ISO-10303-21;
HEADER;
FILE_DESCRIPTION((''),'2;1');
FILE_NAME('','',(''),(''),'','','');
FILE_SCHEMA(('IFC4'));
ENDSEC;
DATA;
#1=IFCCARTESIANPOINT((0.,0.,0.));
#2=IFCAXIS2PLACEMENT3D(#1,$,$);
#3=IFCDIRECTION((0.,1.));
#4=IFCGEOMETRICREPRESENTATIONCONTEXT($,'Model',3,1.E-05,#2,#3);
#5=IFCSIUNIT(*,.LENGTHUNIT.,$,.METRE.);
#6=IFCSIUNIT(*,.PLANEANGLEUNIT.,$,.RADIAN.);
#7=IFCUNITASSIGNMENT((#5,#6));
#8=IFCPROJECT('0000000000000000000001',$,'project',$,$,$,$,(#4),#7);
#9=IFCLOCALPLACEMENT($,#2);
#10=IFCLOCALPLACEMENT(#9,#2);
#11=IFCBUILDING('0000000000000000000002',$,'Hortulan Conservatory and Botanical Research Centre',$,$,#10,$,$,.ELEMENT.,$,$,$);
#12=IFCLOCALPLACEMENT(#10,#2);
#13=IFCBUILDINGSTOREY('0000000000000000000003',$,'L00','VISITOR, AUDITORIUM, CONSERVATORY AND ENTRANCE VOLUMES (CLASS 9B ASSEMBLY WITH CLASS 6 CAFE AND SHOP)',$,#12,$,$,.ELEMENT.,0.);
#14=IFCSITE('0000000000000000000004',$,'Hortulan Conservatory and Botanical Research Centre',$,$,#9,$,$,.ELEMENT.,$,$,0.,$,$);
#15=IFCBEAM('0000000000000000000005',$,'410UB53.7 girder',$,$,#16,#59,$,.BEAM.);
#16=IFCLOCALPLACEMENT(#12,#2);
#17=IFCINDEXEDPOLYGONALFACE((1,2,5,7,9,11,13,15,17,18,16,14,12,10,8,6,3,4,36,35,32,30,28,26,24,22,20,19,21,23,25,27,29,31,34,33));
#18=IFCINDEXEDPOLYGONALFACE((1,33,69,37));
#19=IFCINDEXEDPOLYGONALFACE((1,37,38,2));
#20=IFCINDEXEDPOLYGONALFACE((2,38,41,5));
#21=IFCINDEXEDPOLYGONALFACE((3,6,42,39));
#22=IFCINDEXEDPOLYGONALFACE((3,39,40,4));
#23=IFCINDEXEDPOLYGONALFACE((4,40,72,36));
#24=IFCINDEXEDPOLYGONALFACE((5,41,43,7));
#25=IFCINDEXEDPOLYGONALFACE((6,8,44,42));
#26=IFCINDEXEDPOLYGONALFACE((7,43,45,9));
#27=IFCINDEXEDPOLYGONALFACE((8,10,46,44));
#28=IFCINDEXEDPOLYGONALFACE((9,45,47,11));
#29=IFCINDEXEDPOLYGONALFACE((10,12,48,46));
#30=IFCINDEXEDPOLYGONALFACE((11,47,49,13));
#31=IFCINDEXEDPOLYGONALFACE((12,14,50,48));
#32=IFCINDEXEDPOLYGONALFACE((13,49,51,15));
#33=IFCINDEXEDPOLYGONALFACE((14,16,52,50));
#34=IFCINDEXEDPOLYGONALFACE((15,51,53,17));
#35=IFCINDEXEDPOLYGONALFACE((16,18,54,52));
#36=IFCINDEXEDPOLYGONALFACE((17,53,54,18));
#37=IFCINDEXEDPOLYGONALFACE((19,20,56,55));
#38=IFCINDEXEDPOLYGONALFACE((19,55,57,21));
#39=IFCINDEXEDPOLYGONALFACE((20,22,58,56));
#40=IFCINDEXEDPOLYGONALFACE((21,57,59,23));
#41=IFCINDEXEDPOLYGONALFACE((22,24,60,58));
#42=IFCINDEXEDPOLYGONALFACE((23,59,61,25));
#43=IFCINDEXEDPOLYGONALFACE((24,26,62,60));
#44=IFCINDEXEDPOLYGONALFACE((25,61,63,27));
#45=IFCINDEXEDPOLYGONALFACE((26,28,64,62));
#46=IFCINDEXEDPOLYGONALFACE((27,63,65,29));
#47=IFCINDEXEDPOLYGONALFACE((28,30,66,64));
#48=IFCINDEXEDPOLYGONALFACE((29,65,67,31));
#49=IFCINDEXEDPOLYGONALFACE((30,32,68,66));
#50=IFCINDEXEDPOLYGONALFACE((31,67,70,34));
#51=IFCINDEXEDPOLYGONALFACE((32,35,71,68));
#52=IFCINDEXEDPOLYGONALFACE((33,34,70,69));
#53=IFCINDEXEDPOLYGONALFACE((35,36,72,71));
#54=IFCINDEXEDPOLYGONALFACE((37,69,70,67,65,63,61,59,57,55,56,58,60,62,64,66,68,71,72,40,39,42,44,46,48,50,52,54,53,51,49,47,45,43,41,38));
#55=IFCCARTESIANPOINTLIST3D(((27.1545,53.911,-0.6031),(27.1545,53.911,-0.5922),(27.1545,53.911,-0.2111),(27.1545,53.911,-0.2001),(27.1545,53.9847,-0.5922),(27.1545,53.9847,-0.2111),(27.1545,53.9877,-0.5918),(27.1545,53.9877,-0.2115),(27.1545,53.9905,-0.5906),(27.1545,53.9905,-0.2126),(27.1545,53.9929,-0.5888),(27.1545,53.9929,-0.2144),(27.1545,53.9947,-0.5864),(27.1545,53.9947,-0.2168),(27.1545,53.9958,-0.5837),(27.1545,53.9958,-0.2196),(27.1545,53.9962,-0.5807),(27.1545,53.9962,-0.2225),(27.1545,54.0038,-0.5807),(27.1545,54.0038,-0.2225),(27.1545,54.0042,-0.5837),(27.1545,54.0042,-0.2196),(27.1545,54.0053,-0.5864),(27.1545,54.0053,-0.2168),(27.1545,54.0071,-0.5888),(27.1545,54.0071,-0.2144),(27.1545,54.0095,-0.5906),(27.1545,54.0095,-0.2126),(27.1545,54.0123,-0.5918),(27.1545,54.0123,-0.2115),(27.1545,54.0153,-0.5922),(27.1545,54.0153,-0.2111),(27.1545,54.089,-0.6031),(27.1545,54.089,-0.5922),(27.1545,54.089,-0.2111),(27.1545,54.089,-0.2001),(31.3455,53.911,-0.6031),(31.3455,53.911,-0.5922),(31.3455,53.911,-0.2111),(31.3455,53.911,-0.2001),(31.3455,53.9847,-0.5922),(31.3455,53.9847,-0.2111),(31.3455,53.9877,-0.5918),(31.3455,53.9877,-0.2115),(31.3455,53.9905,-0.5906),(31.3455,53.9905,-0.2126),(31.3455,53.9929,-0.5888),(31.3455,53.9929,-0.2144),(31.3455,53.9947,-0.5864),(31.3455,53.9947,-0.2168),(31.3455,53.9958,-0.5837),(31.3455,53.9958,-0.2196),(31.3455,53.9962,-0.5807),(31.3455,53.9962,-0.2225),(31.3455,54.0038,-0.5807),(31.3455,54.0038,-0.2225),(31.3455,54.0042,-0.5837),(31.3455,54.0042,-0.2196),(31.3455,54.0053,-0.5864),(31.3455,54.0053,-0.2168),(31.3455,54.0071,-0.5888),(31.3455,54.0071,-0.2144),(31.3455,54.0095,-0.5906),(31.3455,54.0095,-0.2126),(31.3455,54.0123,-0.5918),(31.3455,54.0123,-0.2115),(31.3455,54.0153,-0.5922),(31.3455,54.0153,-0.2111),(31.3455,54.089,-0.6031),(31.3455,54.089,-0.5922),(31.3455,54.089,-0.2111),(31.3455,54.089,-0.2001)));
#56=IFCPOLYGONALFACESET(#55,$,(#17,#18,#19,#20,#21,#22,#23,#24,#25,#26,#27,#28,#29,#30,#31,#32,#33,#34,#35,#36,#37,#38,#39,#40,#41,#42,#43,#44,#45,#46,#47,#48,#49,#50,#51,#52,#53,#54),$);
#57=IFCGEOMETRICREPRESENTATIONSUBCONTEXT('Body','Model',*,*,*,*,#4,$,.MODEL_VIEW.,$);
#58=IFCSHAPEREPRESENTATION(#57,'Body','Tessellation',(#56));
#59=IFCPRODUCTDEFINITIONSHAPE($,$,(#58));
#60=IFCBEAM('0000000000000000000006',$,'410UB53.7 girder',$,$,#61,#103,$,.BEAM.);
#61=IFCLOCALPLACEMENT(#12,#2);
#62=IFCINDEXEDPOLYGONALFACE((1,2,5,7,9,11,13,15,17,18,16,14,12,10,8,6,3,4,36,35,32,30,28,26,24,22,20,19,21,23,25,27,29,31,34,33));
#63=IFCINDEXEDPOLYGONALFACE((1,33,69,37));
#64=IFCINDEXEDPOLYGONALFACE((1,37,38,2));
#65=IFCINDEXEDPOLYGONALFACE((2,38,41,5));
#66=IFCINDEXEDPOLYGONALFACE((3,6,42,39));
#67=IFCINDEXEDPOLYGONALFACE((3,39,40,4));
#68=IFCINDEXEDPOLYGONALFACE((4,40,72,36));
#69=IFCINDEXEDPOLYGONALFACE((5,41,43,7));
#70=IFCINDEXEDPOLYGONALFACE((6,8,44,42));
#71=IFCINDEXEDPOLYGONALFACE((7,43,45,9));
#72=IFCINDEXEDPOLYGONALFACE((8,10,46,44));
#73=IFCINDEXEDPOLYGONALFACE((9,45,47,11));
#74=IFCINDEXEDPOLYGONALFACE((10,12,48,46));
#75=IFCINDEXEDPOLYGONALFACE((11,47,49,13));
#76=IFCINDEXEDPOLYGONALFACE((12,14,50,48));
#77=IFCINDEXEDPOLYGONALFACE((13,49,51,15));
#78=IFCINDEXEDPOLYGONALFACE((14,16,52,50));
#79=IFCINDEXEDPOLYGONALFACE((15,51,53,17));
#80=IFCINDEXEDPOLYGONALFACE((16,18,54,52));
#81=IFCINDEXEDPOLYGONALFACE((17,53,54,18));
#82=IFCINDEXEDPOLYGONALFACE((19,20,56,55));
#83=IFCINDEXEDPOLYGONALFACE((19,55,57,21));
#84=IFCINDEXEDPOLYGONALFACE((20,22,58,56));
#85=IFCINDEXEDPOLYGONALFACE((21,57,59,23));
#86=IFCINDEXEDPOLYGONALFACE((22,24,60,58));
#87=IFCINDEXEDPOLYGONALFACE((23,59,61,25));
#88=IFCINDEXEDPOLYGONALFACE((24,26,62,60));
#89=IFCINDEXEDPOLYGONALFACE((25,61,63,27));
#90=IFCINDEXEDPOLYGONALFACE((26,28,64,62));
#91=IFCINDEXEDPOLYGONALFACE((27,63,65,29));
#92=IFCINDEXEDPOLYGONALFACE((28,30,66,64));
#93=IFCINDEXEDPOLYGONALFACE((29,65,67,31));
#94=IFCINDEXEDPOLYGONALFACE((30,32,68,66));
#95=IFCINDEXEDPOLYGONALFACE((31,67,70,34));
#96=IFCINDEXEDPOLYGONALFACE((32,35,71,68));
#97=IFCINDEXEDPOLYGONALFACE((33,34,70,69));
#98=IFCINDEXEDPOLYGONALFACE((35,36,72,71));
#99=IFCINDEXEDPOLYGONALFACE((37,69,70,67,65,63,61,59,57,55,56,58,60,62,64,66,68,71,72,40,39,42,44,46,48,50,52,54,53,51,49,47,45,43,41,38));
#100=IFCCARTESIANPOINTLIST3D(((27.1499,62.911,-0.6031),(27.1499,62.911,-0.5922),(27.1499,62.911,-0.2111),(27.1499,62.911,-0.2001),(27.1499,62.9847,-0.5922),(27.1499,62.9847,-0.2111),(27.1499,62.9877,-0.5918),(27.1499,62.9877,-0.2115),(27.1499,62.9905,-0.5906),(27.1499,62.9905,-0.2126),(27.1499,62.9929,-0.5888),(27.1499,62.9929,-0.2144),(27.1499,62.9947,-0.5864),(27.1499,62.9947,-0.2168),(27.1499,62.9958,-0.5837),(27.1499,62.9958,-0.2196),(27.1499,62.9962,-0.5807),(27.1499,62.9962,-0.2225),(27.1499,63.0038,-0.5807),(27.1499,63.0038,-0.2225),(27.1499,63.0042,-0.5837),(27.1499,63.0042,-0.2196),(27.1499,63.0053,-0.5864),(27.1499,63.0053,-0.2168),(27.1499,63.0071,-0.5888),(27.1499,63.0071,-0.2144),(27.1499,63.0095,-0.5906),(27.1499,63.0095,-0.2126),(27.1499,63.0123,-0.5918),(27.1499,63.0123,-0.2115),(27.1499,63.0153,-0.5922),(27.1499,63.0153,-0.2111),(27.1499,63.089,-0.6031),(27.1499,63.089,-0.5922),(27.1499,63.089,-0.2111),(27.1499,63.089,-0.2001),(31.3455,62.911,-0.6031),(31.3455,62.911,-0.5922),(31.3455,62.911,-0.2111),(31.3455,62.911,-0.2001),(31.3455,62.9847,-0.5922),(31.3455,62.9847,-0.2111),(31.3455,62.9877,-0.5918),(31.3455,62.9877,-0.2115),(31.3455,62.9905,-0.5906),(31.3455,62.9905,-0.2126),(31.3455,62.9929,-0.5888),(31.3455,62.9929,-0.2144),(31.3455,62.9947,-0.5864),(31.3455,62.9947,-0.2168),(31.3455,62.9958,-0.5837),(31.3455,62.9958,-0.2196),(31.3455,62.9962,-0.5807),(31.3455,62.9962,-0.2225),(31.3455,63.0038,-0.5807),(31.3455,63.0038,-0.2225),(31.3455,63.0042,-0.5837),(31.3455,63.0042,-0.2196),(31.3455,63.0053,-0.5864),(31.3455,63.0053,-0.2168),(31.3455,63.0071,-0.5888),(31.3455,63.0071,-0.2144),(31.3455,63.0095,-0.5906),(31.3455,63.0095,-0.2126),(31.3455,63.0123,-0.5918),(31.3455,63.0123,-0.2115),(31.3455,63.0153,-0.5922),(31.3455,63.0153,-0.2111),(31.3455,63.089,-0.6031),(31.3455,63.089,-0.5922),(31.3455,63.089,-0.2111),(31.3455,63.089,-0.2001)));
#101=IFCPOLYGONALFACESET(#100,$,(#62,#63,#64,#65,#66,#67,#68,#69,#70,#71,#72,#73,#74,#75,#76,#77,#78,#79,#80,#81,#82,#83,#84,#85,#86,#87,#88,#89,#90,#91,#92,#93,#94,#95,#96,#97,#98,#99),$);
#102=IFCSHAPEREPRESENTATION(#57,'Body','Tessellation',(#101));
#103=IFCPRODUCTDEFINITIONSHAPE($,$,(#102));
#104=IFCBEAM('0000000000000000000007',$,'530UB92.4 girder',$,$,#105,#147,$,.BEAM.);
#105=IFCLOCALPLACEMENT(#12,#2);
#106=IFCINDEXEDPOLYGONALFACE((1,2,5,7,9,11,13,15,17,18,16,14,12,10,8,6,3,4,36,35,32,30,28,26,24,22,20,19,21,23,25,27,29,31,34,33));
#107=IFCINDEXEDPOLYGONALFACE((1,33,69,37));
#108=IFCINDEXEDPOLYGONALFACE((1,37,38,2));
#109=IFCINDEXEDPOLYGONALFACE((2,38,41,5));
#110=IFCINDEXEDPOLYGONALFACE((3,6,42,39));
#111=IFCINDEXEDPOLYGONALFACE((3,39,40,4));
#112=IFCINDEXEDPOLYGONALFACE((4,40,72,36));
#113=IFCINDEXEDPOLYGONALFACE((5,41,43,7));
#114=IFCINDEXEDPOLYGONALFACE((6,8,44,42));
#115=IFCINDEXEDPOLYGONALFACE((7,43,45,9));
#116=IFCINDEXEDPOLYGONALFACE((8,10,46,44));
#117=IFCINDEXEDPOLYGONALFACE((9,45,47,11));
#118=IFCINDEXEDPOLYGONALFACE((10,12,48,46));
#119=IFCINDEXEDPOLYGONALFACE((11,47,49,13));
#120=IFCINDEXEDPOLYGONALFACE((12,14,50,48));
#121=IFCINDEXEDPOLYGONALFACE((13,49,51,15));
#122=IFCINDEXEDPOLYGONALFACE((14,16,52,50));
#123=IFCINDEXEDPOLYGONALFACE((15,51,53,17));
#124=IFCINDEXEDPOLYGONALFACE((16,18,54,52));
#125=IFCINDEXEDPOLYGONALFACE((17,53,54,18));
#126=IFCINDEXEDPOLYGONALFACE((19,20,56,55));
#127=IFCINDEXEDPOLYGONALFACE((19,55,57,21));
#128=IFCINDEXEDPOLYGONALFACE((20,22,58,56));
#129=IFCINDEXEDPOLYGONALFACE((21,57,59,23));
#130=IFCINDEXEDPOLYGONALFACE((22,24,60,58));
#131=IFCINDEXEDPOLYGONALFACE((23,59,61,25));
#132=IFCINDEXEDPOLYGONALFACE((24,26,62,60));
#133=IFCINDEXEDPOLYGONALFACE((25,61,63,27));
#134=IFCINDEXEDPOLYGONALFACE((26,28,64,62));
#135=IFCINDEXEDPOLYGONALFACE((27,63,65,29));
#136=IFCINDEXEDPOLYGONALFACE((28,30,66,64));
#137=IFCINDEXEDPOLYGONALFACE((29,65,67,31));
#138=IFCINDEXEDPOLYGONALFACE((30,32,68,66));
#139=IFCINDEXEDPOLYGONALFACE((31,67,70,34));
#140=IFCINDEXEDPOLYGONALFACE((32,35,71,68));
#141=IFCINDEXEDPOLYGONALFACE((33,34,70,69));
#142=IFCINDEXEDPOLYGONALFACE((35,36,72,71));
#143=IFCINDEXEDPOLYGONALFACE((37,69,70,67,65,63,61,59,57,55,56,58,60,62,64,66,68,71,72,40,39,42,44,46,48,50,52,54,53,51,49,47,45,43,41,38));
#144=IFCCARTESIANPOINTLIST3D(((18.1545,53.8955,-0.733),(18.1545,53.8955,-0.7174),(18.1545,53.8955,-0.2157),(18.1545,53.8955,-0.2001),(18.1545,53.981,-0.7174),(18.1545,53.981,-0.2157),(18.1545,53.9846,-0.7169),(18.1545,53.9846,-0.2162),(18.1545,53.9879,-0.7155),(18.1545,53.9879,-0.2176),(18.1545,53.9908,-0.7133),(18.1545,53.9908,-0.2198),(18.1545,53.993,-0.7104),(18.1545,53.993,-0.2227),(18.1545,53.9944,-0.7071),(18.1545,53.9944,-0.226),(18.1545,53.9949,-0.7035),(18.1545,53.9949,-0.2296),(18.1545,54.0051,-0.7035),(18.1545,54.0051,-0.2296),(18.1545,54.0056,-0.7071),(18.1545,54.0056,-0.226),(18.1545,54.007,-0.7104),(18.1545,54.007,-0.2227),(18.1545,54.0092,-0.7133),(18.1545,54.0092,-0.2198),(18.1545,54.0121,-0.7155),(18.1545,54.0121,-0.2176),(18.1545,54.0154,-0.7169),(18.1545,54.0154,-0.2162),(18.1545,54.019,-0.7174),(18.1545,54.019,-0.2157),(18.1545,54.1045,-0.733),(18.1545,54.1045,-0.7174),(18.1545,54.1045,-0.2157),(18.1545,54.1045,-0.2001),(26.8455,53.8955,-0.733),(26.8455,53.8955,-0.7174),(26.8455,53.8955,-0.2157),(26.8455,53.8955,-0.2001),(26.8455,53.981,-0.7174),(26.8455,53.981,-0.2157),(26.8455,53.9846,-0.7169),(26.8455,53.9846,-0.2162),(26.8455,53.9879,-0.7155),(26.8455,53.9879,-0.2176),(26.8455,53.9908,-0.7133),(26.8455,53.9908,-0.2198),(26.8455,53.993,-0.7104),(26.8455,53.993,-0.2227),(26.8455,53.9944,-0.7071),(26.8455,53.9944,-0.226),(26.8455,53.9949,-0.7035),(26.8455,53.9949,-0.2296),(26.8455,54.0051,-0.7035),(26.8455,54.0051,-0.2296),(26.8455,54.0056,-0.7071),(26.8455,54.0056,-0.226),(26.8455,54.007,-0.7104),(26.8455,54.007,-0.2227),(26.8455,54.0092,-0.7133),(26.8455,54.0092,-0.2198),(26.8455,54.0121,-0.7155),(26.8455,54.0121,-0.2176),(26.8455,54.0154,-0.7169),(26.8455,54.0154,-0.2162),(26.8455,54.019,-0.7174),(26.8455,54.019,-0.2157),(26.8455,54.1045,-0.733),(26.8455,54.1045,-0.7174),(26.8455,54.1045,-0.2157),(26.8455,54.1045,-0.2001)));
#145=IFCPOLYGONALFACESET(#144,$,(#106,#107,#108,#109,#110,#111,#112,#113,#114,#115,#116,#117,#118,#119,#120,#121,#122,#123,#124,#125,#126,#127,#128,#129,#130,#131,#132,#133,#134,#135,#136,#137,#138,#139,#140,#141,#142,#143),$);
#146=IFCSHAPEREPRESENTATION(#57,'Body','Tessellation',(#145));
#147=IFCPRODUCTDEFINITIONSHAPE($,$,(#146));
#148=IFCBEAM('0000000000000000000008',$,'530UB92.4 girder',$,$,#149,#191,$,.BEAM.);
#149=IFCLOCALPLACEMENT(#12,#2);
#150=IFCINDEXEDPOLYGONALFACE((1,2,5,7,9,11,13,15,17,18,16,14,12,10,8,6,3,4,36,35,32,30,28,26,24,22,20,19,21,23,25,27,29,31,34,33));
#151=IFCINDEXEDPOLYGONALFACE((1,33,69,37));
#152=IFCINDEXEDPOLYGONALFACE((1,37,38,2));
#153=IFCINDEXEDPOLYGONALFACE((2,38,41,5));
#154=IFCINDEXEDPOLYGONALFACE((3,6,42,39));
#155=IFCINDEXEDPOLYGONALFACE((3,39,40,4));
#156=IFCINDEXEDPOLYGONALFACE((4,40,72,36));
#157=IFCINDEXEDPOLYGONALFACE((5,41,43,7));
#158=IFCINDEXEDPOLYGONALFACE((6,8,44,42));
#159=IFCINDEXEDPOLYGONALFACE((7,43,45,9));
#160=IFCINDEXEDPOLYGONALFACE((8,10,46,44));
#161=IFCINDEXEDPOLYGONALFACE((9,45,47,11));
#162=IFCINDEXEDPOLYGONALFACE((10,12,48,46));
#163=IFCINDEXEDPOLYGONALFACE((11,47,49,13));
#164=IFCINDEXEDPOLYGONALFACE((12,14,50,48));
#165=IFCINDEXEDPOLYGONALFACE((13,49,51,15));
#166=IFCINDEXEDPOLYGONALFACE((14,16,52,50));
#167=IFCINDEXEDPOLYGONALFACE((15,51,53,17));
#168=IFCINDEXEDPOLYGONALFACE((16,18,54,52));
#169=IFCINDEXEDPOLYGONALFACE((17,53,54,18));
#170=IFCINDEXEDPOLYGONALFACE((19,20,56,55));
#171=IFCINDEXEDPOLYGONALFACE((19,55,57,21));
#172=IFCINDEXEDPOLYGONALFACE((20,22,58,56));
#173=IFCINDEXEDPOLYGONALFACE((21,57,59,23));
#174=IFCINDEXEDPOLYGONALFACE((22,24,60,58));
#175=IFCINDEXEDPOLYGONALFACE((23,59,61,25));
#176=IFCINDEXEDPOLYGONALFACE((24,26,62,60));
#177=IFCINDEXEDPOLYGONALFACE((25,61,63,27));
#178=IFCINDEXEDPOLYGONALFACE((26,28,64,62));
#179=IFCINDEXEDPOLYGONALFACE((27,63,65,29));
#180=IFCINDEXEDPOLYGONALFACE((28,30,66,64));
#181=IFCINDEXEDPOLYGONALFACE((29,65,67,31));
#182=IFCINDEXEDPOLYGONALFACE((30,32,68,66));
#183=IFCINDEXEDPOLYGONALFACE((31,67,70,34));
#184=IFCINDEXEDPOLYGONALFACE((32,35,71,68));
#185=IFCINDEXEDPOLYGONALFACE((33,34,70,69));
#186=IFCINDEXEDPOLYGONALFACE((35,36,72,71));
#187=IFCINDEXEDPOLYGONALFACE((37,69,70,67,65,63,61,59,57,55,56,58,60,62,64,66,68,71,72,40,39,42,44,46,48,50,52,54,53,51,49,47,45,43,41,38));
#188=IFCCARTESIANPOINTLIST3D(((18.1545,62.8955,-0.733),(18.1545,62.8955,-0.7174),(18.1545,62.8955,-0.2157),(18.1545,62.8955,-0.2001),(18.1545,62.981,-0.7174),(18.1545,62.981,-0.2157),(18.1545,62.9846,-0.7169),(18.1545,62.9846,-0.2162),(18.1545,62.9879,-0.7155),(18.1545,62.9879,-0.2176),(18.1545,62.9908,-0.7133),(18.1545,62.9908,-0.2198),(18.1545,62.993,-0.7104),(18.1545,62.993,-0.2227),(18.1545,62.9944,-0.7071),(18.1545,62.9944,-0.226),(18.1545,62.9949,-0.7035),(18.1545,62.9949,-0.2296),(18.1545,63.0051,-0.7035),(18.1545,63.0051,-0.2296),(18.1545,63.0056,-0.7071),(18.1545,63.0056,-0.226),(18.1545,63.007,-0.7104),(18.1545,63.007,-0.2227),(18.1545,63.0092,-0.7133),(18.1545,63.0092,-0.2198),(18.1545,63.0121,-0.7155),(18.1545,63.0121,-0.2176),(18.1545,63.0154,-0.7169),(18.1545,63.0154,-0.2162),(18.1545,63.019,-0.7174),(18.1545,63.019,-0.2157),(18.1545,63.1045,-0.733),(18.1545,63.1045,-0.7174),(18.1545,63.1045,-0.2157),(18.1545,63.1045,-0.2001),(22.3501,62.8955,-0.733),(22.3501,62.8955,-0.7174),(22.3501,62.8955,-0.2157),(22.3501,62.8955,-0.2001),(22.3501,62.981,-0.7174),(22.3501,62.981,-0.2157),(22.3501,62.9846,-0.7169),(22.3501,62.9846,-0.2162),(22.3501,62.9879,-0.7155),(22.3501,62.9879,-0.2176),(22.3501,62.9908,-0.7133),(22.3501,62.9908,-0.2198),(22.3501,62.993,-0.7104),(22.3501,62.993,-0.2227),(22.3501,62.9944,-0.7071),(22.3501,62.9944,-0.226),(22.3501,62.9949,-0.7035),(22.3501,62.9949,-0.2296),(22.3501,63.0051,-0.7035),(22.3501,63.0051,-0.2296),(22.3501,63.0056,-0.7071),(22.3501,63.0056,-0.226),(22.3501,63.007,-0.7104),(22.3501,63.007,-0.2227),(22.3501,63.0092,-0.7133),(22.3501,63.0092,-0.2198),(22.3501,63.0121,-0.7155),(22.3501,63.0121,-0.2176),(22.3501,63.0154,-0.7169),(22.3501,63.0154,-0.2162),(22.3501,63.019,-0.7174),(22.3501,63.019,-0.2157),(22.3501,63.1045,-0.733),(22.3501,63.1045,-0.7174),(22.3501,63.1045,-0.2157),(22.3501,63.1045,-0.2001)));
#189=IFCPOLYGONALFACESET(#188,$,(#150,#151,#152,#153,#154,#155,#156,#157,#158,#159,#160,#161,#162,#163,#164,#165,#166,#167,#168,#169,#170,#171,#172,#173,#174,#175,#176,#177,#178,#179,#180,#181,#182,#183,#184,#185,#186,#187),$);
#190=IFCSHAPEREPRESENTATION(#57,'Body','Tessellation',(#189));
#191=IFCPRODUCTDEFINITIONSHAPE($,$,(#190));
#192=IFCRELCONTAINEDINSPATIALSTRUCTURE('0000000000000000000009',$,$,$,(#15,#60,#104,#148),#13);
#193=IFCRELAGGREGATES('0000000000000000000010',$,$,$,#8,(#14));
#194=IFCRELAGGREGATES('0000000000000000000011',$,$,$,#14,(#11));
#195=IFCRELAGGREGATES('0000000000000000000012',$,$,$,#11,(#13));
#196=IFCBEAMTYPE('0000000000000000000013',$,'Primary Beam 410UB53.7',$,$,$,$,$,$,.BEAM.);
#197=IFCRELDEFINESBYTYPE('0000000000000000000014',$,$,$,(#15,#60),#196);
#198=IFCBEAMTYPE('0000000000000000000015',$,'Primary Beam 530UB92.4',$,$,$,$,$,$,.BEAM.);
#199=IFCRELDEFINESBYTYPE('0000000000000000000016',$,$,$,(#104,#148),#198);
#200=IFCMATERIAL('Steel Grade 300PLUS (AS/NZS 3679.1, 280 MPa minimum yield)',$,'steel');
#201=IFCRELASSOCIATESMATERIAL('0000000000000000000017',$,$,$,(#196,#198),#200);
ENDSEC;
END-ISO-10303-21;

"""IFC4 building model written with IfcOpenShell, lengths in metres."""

from ifc_helpers import new_model, si_unit, direction, frame, origin, origin_2d, place, context, subcontext, project, spatial, i_section, extrude, material, material_profile, profile_set, type_object, element, save


model = new_model("IFC4")

# Units and contexts
model_context = context("Model", 3, precision=1e-05, world=origin(), true_north=direction((0.0, 1.0)))
body_context = subcontext(model_context, "Body", "Model", "MODEL_VIEW")
ifc_project = project(units=[si_unit("LENGTHUNIT", "METRE"), si_unit("PLANEANGLEUNIT", "RADIAN")], contexts=[model_context])

# Site, building, storey
site_placement = place(None, origin())
site = spatial("IfcSite", under=ifc_project, at=site_placement, Name="Hortulan Conservatory and Botanical Research Centre", CompositionType="ELEMENT", RefElevation=0.0)
building_placement = place(site_placement, origin())
building = spatial("IfcBuilding", under=site, at=building_placement, Name="Hortulan Conservatory and Botanical Research Centre", CompositionType="ELEMENT")
storey_placement = place(building_placement, origin())
storey = spatial("IfcBuildingStorey", under=building, at=storey_placement, Name="L00", Description="VISITOR, AUDITORIUM, CONSERVATORY AND ENTRANCE VOLUMES (CLASS 9B ASSEMBLY WITH CLASS 6 CAFE AND SHOP)", CompositionType="ELEMENT", Elevation=0.0)

# Shared definitions
ifc_material_1 = material(Name="Steel Grade 300PLUS (AS/NZS 3679.1, 280 MPa minimum yield)", Category="steel")

# Beams
ifc_material_profile_1 = material_profile(ifc_material_1, i_section(OverallWidth=0.178, OverallDepth=0.4031, WebThickness=0.0076, FlangeThickness=0.011, FilletRadius=0.0115, at=origin_2d()), Name="410UB53.7")
ifc_profile_set_1 = profile_set([ifc_material_profile_1], Name="Steel Grade 300PLUS (AS/NZS 3679.1, 280 MPa minimum yield)")
beam_type_1 = type_object("IfcBeamType", Name="Primary Beam 410UB53.7", PredefinedType="BEAM", material=ifc_profile_set_1)
beam_1_placement = place(storey_placement, frame((27.1545, 54.0, -0.4016), z_axis=(1.0, 0.0, 0.0), x_axis=(0.0, 1.0, 0.0)))
element("IfcBeam", 1, at=beam_1_placement, inside=storey, type_object=beam_type_1, Name="410UB53.7 girder", PredefinedType="BEAM", context=body_context, shape_type="SweptSolid", body=[
    extrude(i_section(OverallWidth=0.178, OverallDepth=0.4031, WebThickness=0.0076, FlangeThickness=0.011, FilletRadius=0.0115, at=origin_2d()), origin(), (0.0, 0.0, 1.0), 4.1909),
])
beam_2_placement = place(storey_placement, frame((27.1499, 63.0, -0.4016), z_axis=(1.0, 0.0, 0.0), x_axis=(0.0, 1.0, 0.0)))
element("IfcBeam", 2, at=beam_2_placement, inside=storey, type_object=beam_type_1, Name="410UB53.7 girder", PredefinedType="BEAM", context=body_context, shape_type="SweptSolid", body=[
    extrude(i_section(OverallWidth=0.178, OverallDepth=0.4031, WebThickness=0.0076, FlangeThickness=0.011, FilletRadius=0.0115, at=origin_2d()), origin(), (0.0, 0.0, 1.0), 4.1956),
])
ifc_material_profile_2 = material_profile(ifc_material_1, i_section(OverallWidth=0.209, OverallDepth=0.533, WebThickness=0.0103, FlangeThickness=0.0156, FilletRadius=0.0139, at=origin_2d()), Name="530UB92.4")
ifc_profile_set_2 = profile_set([ifc_material_profile_2], Name="Steel Grade 300PLUS (AS/NZS 3679.1, 280 MPa minimum yield)")
beam_type_2 = type_object("IfcBeamType", Name="Primary Beam 530UB92.4", PredefinedType="BEAM", material=ifc_profile_set_2)
beam_3_placement = place(storey_placement, frame((18.1545, 54.0, -0.4666), z_axis=(1.0, 0.0, 0.0), x_axis=(0.0, 1.0, 0.0)))
element("IfcBeam", 3, at=beam_3_placement, inside=storey, type_object=beam_type_2, Name="530UB92.4 girder", PredefinedType="BEAM", context=body_context, shape_type="SweptSolid", body=[
    extrude(i_section(OverallWidth=0.209, OverallDepth=0.533, WebThickness=0.0103, FlangeThickness=0.0156, FilletRadius=0.0139, at=origin_2d()), origin(), (0.0, 0.0, 1.0), 8.6909),
])
beam_4_placement = place(storey_placement, frame((18.1545, 63.0, -0.4666), z_axis=(1.0, 0.0, 0.0), x_axis=(0.0, 1.0, 0.0)))
element("IfcBeam", 4, at=beam_4_placement, inside=storey, type_object=beam_type_2, Name="530UB92.4 girder", PredefinedType="BEAM", context=body_context, shape_type="SweptSolid", body=[
    extrude(i_section(OverallWidth=0.209, OverallDepth=0.533, WebThickness=0.0103, FlangeThickness=0.0156, FilletRadius=0.0139, at=origin_2d()), origin(), (0.0, 0.0, 1.0), 4.1956),
])

save(model, "model.ifc")
